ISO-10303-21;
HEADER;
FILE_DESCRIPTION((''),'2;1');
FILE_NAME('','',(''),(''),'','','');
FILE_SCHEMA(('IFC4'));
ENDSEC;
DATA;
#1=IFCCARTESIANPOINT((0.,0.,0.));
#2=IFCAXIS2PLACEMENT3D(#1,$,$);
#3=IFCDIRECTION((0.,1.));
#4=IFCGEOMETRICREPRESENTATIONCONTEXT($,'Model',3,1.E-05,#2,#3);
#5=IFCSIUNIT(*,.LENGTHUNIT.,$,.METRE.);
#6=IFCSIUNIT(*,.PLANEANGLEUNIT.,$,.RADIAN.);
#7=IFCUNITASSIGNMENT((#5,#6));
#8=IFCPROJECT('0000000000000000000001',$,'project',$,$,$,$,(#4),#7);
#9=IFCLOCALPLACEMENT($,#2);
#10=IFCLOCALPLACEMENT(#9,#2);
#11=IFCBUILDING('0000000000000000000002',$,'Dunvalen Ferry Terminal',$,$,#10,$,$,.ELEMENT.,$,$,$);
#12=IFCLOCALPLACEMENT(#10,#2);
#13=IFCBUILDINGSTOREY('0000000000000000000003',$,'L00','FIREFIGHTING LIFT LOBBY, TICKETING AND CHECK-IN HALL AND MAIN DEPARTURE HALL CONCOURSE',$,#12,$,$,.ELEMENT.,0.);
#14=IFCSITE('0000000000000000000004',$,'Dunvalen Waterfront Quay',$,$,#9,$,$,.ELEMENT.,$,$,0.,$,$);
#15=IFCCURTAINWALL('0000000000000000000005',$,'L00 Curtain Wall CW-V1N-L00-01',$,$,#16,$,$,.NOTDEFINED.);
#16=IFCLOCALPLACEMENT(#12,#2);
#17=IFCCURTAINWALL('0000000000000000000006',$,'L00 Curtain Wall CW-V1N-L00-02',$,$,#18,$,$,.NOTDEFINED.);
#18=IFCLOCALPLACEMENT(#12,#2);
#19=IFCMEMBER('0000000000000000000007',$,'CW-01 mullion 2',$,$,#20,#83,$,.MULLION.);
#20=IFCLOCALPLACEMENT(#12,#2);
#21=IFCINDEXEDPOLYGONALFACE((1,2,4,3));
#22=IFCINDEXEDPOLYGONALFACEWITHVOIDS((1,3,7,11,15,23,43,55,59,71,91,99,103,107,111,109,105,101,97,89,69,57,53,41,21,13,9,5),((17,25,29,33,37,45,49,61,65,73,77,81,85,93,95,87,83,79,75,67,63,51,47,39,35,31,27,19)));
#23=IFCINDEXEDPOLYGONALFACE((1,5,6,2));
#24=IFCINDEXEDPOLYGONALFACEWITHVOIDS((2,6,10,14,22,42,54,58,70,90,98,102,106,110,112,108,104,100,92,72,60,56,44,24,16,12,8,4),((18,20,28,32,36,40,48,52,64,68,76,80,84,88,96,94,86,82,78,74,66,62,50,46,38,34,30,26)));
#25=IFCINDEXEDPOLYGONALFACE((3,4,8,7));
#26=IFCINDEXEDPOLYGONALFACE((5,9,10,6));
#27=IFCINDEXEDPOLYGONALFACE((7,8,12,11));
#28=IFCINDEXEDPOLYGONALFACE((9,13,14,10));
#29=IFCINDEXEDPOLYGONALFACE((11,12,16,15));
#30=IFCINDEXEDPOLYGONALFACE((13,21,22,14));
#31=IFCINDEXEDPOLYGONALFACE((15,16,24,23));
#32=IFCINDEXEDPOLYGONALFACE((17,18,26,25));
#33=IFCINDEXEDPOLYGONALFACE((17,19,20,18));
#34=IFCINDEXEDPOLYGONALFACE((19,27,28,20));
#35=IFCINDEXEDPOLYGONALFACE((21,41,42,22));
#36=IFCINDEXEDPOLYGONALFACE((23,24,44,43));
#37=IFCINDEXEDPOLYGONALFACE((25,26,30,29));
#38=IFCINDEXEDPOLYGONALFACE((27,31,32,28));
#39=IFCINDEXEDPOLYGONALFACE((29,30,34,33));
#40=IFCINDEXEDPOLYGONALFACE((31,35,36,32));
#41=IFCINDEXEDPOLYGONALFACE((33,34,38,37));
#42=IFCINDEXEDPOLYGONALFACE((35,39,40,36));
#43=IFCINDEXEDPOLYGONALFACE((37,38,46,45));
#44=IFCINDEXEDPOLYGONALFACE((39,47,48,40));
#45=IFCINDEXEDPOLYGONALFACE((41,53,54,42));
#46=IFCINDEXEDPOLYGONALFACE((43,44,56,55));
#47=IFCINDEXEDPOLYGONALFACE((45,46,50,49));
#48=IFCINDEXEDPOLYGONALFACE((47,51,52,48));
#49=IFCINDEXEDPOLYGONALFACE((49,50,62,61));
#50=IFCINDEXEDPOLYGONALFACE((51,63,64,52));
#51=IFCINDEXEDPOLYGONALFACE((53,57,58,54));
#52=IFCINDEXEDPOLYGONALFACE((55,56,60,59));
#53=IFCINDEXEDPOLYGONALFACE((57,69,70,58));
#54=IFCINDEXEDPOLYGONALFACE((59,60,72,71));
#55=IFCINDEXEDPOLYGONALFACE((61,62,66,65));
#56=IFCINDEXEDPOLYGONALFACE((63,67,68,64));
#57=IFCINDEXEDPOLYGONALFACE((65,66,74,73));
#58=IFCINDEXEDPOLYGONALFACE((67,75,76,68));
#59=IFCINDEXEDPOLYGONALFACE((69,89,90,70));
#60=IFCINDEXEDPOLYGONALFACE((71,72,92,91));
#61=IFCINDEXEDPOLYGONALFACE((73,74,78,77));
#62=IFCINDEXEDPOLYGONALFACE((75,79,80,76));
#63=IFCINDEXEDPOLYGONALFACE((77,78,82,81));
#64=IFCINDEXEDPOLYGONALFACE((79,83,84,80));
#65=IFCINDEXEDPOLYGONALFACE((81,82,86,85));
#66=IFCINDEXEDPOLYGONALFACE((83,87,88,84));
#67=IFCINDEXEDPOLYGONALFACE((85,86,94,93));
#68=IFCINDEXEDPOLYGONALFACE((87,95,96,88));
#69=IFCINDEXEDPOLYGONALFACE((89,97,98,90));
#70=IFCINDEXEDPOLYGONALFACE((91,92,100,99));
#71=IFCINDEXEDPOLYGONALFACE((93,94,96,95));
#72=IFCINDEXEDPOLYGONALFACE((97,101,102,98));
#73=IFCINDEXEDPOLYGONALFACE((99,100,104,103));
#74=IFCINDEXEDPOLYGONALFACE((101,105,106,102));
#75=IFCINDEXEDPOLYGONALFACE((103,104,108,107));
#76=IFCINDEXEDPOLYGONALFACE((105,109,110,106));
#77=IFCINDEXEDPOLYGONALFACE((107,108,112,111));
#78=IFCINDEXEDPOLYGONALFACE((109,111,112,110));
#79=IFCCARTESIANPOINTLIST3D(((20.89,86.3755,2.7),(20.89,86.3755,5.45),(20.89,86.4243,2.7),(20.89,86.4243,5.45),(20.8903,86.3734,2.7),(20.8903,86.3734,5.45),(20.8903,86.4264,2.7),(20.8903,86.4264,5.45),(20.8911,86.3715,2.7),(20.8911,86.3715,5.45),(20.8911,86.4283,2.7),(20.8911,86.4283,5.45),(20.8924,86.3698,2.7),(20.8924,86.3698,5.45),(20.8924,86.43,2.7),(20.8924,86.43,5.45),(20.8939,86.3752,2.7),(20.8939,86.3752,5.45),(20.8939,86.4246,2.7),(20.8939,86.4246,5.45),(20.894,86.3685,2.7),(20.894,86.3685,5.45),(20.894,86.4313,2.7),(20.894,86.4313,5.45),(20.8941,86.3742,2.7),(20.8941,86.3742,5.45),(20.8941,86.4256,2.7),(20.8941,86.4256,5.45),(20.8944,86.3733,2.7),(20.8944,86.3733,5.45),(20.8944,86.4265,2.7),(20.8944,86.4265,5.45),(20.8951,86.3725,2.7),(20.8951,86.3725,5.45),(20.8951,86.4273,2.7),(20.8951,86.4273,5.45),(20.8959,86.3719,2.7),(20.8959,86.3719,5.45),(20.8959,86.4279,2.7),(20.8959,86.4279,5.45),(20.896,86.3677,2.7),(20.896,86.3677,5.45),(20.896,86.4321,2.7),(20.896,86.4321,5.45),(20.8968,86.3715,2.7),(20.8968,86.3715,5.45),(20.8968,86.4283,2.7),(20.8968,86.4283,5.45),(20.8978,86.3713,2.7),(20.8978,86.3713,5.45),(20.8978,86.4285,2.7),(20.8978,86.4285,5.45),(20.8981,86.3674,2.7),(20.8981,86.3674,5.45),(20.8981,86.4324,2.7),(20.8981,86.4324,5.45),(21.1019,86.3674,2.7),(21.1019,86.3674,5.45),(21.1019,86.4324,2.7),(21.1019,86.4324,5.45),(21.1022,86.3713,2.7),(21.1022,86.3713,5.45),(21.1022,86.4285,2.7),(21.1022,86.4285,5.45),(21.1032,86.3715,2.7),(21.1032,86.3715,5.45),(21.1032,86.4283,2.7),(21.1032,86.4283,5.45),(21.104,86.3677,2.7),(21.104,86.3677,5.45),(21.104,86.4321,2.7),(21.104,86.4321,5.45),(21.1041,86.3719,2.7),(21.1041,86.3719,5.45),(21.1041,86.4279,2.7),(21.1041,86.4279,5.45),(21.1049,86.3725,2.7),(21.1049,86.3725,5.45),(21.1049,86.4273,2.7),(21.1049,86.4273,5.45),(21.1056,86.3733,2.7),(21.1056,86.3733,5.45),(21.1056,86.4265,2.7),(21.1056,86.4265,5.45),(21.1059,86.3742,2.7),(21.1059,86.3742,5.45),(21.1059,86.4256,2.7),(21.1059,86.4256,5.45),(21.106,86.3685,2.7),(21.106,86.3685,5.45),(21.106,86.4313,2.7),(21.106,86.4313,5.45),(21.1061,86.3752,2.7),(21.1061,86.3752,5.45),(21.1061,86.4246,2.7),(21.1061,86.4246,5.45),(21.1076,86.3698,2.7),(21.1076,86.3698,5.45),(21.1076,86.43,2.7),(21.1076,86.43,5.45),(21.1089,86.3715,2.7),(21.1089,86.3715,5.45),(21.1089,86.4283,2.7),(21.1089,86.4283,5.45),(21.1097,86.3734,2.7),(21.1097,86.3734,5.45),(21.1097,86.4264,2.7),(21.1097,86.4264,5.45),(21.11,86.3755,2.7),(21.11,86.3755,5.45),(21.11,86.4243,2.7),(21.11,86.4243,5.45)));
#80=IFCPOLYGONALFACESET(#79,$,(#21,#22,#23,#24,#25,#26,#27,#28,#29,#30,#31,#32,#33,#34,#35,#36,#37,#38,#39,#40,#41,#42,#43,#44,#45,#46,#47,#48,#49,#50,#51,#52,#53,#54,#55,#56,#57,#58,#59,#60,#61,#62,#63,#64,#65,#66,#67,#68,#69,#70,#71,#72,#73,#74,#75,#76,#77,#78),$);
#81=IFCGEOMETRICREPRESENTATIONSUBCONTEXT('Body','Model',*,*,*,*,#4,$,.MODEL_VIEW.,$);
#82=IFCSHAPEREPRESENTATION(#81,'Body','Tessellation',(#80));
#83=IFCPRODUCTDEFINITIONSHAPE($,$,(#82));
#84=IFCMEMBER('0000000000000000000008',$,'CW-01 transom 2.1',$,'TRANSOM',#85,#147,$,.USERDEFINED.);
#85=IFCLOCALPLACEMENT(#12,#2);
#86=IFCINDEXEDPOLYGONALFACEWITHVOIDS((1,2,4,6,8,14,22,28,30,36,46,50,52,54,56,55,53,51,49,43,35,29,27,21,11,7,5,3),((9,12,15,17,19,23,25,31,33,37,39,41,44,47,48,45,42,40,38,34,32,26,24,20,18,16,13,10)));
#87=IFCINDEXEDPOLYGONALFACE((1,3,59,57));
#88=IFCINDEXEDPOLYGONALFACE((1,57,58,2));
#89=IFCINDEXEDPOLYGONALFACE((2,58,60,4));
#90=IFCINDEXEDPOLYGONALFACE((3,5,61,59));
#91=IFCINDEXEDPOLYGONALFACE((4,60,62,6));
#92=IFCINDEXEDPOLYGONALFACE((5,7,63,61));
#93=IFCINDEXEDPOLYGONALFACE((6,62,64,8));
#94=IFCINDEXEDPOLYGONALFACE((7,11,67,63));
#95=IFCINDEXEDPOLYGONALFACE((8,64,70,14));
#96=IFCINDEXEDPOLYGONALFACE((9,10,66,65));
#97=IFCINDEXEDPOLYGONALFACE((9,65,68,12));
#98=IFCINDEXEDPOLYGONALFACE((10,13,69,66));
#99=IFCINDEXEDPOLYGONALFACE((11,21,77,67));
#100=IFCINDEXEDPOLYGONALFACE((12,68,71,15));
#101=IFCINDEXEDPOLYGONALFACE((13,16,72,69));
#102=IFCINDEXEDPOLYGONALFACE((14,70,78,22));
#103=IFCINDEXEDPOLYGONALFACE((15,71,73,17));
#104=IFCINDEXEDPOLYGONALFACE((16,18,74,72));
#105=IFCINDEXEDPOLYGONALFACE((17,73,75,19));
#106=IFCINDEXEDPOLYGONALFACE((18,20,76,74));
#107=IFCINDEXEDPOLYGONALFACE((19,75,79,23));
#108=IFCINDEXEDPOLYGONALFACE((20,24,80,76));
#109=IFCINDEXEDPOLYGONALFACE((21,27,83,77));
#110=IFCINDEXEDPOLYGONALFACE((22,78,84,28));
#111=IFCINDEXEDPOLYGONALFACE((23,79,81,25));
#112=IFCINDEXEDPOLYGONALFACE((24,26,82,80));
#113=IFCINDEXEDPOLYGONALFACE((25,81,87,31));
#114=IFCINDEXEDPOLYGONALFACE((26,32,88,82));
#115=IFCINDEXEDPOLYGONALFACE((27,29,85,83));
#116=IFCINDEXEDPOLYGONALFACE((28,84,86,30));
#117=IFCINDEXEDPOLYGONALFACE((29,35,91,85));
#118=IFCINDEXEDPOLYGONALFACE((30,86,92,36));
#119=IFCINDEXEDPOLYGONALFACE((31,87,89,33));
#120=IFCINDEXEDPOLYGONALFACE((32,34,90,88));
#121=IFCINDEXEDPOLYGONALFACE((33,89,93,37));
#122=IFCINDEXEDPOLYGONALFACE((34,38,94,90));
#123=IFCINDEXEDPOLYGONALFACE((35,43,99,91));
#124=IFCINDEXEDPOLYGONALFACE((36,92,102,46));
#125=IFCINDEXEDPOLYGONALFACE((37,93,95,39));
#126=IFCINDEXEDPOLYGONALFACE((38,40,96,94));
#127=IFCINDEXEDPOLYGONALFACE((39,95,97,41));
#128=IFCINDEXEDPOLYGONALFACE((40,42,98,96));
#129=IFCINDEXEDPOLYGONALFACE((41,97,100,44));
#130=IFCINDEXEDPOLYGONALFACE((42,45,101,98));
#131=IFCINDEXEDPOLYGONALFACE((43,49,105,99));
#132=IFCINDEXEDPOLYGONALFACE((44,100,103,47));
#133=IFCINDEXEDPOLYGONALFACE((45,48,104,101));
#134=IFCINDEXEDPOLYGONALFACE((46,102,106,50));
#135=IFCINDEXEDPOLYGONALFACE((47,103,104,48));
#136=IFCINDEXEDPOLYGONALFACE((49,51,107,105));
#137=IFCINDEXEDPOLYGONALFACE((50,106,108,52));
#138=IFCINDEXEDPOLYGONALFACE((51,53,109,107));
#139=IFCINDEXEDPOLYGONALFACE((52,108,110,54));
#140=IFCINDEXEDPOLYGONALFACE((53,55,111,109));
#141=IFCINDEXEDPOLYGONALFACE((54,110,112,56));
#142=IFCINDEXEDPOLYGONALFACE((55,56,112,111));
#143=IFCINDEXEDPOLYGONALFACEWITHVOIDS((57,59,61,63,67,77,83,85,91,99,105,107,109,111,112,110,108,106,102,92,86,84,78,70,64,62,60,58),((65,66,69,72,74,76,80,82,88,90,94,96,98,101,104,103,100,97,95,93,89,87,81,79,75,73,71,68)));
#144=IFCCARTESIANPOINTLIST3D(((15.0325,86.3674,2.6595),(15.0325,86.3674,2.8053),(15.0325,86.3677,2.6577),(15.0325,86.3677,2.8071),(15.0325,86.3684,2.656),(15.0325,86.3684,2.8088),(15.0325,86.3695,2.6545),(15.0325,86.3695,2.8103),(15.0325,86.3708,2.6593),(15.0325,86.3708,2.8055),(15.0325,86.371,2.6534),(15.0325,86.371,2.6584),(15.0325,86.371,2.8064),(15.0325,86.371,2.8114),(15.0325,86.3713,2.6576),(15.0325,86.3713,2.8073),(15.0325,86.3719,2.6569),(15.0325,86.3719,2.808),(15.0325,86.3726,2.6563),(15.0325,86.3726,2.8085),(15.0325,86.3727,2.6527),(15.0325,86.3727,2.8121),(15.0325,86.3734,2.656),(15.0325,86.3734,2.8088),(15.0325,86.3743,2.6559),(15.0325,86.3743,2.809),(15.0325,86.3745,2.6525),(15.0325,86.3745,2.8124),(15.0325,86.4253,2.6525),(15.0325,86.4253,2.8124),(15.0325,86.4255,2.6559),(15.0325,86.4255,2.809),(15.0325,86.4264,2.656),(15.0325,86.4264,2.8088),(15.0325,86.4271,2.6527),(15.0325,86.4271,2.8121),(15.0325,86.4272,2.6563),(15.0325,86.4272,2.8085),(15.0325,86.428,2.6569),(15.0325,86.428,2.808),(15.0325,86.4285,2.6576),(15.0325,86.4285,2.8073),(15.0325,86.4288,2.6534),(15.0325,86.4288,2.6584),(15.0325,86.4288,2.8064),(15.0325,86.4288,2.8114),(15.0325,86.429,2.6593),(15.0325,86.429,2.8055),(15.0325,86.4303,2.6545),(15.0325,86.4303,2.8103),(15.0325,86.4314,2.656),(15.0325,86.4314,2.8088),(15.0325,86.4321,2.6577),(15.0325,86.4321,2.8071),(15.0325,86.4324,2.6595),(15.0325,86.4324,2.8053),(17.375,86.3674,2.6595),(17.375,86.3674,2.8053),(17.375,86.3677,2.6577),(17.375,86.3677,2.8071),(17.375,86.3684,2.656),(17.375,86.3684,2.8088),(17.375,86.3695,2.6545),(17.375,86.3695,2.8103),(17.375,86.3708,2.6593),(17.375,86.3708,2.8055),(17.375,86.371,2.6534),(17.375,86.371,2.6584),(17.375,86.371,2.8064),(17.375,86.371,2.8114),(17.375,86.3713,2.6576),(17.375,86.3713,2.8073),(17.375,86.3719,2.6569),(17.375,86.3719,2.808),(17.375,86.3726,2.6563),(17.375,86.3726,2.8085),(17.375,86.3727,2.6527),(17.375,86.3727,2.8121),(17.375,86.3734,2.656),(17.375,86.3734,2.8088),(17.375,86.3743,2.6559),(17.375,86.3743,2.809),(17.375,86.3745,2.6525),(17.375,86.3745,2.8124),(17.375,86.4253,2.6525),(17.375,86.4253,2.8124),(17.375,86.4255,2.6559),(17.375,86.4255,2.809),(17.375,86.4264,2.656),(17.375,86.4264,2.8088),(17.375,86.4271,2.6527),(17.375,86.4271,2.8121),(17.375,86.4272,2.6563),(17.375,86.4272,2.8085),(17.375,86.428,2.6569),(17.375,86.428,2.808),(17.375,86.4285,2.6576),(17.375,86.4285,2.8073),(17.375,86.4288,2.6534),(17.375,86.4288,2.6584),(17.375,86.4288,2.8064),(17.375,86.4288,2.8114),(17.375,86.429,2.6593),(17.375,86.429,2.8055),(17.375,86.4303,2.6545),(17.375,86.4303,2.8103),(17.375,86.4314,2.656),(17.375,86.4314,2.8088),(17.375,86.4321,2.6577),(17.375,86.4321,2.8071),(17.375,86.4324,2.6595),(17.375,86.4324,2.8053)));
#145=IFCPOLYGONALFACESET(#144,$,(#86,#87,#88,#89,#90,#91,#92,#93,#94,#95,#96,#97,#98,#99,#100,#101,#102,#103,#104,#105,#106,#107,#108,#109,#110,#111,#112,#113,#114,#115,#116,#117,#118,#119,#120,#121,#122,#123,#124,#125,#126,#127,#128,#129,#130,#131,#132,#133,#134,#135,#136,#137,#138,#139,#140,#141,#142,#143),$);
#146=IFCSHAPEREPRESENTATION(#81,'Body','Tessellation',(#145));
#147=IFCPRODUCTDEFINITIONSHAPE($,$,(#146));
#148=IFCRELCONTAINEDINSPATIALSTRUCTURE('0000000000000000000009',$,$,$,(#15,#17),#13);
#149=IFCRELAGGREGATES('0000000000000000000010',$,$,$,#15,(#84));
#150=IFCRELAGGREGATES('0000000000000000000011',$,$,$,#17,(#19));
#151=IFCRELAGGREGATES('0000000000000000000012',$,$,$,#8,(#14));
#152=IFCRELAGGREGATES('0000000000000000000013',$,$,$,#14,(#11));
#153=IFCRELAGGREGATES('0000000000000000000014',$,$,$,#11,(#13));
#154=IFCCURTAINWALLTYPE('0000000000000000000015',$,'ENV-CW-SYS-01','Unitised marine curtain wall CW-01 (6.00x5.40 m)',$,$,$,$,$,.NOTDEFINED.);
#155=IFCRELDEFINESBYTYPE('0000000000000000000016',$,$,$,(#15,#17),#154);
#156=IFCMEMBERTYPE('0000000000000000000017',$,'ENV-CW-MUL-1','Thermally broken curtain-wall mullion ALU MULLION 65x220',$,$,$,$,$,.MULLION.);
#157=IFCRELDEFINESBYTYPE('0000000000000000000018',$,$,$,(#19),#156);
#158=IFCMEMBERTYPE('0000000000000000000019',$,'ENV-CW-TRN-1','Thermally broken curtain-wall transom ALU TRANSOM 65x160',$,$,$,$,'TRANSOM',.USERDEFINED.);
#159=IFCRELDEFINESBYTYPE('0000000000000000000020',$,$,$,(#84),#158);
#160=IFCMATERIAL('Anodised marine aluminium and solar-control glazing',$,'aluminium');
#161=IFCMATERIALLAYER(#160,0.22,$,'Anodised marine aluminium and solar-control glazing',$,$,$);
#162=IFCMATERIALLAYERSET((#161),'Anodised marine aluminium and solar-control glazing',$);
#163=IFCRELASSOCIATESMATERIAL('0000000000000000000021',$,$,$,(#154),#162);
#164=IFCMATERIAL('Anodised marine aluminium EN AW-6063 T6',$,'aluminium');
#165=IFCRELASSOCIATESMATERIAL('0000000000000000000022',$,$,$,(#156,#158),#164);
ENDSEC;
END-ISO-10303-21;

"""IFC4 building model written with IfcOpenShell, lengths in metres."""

from ifc_helpers import new_model, si_unit, direction, frame, origin, origin_2d, place, context, subcontext, project, spatial, hollow_rectangle, extrude, material, layer, layer_set, material_profile, profile_set, type_object, element, aggregate, save


model = new_model("IFC4")

# Units and contexts
model_context = context("Model", 3, precision=1e-05, world=origin(), true_north=direction((0.0, 1.0)))
body_context = subcontext(model_context, "Body", "Model", "MODEL_VIEW")
ifc_project = project(units=[si_unit("LENGTHUNIT", "METRE"), si_unit("PLANEANGLEUNIT", "RADIAN")], contexts=[model_context])

# Site, building, storey
site_placement = place(None, origin())
site = spatial("IfcSite", under=ifc_project, at=site_placement, Name="Dunvalen Waterfront Quay", CompositionType="ELEMENT", RefElevation=0.0)
building_placement = place(site_placement, origin())
building = spatial("IfcBuilding", under=site, at=building_placement, Name="Dunvalen Ferry Terminal", CompositionType="ELEMENT")
storey_placement = place(building_placement, origin())
storey = spatial("IfcBuildingStorey", under=building, at=storey_placement, Name="L00", Description="FIREFIGHTING LIFT LOBBY, TICKETING AND CHECK-IN HALL AND MAIN DEPARTURE HALL CONCOURSE", CompositionType="ELEMENT", Elevation=0.0)

# Curtain walls, member
ifc_material_1 = material(Name="Anodised marine aluminium and solar-control glazing", Category="aluminium")
ifc_layer_1 = layer(ifc_material_1, 0.22, Name="Anodised marine aluminium and solar-control glazing")
ifc_layer_set_1 = layer_set([ifc_layer_1], Name="Anodised marine aluminium and solar-control glazing")
curtain_wall_type = type_object("IfcCurtainWallType", Name="ENV-CW-SYS-01", Description="Unitised marine curtain wall CW-01 (6.00x5.40 m)", PredefinedType="NOTDEFINED", material=ifc_layer_set_1)
curtain_wall_1_placement = place(storey_placement, origin())
curtain_wall_1 = element("IfcCurtainWall", 1, at=curtain_wall_1_placement, inside=storey, type_object=curtain_wall_type, Name="L00 Curtain Wall CW-V1N-L00-01", PredefinedType="NOTDEFINED")
ifc_material_2 = material(Name="Anodised marine aluminium EN AW-6063 T6", Category="aluminium")
ifc_material_profile_1 = material_profile(ifc_material_2, hollow_rectangle(XDim=0.0649, YDim=0.22, WallThickness=0.0039, InnerFilletRadius=0.0039, OuterFilletRadius=0.0081, at=origin_2d()), Name="Anodised marine aluminium EN AW-6063 T6")
ifc_profile_set_1 = profile_set([ifc_material_profile_1], Name="Anodised marine aluminium EN AW-6063 T6")
member_type_1 = type_object("IfcMemberType", Name="ENV-CW-MUL-1", Description="Thermally broken curtain-wall mullion ALU MULLION 65x220", PredefinedType="MULLION", material=ifc_profile_set_1)
curtain_wall_2_placement = place(storey_placement, origin())
curtain_wall_2 = element("IfcCurtainWall", 2, at=curtain_wall_2_placement, inside=storey, type_object=curtain_wall_type, Name="L00 Curtain Wall CW-V1N-L00-02", PredefinedType="NOTDEFINED")
member_1_placement = place(storey_placement, frame((21.0, 86.3999, 2.7), z_axis=(0.0, 0.0, 1.0), x_axis=(0.0, 1.0, 0.0)))
member_1 = element("IfcMember", 3, at=member_1_placement, type_object=member_type_1, Name="CW-01 mullion 2", PredefinedType="MULLION", context=body_context, shape_type="SweptSolid", body=[
    extrude(hollow_rectangle(XDim=0.0649, YDim=0.22, WallThickness=0.0039, InnerFilletRadius=0.0039, OuterFilletRadius=0.0081, at=origin_2d()), origin(), (0.0, 0.0, 1.0), 2.75),
])

# Member
ifc_material_profile_2 = material_profile(ifc_material_2, hollow_rectangle(XDim=0.0649, YDim=0.1599, WallThickness=0.0034, InnerFilletRadius=0.0034, OuterFilletRadius=0.0071, at=origin_2d()), Name="Anodised marine aluminium EN AW-6063 T6")
ifc_profile_set_2 = profile_set([ifc_material_profile_2], Name="Anodised marine aluminium EN AW-6063 T6")
member_type_2 = type_object("IfcMemberType", Name="ENV-CW-TRN-1", Description="Thermally broken curtain-wall transom ALU TRANSOM 65x160", ElementType="TRANSOM", PredefinedType="USERDEFINED", material=ifc_profile_set_2)
member_2_placement = place(storey_placement, frame((15.0325, 86.3999, 2.7324), z_axis=(1.0, 0.0, 0.0), x_axis=(0.0, 1.0, 0.0)))
member_2 = element("IfcMember", 4, at=member_2_placement, type_object=member_type_2, Name="CW-01 transom 2.1", ObjectType="TRANSOM", PredefinedType="USERDEFINED", context=body_context, shape_type="SweptSolid", body=[
    extrude(hollow_rectangle(XDim=0.0649, YDim=0.1599, WallThickness=0.0034, InnerFilletRadius=0.0034, OuterFilletRadius=0.0071, at=origin_2d()), origin(), (0.0, 0.0, 1.0), 2.3425),
])

aggregate(curtain_wall_1, [member_2])
aggregate(curtain_wall_2, [member_1])

save(model, "model.ifc")
